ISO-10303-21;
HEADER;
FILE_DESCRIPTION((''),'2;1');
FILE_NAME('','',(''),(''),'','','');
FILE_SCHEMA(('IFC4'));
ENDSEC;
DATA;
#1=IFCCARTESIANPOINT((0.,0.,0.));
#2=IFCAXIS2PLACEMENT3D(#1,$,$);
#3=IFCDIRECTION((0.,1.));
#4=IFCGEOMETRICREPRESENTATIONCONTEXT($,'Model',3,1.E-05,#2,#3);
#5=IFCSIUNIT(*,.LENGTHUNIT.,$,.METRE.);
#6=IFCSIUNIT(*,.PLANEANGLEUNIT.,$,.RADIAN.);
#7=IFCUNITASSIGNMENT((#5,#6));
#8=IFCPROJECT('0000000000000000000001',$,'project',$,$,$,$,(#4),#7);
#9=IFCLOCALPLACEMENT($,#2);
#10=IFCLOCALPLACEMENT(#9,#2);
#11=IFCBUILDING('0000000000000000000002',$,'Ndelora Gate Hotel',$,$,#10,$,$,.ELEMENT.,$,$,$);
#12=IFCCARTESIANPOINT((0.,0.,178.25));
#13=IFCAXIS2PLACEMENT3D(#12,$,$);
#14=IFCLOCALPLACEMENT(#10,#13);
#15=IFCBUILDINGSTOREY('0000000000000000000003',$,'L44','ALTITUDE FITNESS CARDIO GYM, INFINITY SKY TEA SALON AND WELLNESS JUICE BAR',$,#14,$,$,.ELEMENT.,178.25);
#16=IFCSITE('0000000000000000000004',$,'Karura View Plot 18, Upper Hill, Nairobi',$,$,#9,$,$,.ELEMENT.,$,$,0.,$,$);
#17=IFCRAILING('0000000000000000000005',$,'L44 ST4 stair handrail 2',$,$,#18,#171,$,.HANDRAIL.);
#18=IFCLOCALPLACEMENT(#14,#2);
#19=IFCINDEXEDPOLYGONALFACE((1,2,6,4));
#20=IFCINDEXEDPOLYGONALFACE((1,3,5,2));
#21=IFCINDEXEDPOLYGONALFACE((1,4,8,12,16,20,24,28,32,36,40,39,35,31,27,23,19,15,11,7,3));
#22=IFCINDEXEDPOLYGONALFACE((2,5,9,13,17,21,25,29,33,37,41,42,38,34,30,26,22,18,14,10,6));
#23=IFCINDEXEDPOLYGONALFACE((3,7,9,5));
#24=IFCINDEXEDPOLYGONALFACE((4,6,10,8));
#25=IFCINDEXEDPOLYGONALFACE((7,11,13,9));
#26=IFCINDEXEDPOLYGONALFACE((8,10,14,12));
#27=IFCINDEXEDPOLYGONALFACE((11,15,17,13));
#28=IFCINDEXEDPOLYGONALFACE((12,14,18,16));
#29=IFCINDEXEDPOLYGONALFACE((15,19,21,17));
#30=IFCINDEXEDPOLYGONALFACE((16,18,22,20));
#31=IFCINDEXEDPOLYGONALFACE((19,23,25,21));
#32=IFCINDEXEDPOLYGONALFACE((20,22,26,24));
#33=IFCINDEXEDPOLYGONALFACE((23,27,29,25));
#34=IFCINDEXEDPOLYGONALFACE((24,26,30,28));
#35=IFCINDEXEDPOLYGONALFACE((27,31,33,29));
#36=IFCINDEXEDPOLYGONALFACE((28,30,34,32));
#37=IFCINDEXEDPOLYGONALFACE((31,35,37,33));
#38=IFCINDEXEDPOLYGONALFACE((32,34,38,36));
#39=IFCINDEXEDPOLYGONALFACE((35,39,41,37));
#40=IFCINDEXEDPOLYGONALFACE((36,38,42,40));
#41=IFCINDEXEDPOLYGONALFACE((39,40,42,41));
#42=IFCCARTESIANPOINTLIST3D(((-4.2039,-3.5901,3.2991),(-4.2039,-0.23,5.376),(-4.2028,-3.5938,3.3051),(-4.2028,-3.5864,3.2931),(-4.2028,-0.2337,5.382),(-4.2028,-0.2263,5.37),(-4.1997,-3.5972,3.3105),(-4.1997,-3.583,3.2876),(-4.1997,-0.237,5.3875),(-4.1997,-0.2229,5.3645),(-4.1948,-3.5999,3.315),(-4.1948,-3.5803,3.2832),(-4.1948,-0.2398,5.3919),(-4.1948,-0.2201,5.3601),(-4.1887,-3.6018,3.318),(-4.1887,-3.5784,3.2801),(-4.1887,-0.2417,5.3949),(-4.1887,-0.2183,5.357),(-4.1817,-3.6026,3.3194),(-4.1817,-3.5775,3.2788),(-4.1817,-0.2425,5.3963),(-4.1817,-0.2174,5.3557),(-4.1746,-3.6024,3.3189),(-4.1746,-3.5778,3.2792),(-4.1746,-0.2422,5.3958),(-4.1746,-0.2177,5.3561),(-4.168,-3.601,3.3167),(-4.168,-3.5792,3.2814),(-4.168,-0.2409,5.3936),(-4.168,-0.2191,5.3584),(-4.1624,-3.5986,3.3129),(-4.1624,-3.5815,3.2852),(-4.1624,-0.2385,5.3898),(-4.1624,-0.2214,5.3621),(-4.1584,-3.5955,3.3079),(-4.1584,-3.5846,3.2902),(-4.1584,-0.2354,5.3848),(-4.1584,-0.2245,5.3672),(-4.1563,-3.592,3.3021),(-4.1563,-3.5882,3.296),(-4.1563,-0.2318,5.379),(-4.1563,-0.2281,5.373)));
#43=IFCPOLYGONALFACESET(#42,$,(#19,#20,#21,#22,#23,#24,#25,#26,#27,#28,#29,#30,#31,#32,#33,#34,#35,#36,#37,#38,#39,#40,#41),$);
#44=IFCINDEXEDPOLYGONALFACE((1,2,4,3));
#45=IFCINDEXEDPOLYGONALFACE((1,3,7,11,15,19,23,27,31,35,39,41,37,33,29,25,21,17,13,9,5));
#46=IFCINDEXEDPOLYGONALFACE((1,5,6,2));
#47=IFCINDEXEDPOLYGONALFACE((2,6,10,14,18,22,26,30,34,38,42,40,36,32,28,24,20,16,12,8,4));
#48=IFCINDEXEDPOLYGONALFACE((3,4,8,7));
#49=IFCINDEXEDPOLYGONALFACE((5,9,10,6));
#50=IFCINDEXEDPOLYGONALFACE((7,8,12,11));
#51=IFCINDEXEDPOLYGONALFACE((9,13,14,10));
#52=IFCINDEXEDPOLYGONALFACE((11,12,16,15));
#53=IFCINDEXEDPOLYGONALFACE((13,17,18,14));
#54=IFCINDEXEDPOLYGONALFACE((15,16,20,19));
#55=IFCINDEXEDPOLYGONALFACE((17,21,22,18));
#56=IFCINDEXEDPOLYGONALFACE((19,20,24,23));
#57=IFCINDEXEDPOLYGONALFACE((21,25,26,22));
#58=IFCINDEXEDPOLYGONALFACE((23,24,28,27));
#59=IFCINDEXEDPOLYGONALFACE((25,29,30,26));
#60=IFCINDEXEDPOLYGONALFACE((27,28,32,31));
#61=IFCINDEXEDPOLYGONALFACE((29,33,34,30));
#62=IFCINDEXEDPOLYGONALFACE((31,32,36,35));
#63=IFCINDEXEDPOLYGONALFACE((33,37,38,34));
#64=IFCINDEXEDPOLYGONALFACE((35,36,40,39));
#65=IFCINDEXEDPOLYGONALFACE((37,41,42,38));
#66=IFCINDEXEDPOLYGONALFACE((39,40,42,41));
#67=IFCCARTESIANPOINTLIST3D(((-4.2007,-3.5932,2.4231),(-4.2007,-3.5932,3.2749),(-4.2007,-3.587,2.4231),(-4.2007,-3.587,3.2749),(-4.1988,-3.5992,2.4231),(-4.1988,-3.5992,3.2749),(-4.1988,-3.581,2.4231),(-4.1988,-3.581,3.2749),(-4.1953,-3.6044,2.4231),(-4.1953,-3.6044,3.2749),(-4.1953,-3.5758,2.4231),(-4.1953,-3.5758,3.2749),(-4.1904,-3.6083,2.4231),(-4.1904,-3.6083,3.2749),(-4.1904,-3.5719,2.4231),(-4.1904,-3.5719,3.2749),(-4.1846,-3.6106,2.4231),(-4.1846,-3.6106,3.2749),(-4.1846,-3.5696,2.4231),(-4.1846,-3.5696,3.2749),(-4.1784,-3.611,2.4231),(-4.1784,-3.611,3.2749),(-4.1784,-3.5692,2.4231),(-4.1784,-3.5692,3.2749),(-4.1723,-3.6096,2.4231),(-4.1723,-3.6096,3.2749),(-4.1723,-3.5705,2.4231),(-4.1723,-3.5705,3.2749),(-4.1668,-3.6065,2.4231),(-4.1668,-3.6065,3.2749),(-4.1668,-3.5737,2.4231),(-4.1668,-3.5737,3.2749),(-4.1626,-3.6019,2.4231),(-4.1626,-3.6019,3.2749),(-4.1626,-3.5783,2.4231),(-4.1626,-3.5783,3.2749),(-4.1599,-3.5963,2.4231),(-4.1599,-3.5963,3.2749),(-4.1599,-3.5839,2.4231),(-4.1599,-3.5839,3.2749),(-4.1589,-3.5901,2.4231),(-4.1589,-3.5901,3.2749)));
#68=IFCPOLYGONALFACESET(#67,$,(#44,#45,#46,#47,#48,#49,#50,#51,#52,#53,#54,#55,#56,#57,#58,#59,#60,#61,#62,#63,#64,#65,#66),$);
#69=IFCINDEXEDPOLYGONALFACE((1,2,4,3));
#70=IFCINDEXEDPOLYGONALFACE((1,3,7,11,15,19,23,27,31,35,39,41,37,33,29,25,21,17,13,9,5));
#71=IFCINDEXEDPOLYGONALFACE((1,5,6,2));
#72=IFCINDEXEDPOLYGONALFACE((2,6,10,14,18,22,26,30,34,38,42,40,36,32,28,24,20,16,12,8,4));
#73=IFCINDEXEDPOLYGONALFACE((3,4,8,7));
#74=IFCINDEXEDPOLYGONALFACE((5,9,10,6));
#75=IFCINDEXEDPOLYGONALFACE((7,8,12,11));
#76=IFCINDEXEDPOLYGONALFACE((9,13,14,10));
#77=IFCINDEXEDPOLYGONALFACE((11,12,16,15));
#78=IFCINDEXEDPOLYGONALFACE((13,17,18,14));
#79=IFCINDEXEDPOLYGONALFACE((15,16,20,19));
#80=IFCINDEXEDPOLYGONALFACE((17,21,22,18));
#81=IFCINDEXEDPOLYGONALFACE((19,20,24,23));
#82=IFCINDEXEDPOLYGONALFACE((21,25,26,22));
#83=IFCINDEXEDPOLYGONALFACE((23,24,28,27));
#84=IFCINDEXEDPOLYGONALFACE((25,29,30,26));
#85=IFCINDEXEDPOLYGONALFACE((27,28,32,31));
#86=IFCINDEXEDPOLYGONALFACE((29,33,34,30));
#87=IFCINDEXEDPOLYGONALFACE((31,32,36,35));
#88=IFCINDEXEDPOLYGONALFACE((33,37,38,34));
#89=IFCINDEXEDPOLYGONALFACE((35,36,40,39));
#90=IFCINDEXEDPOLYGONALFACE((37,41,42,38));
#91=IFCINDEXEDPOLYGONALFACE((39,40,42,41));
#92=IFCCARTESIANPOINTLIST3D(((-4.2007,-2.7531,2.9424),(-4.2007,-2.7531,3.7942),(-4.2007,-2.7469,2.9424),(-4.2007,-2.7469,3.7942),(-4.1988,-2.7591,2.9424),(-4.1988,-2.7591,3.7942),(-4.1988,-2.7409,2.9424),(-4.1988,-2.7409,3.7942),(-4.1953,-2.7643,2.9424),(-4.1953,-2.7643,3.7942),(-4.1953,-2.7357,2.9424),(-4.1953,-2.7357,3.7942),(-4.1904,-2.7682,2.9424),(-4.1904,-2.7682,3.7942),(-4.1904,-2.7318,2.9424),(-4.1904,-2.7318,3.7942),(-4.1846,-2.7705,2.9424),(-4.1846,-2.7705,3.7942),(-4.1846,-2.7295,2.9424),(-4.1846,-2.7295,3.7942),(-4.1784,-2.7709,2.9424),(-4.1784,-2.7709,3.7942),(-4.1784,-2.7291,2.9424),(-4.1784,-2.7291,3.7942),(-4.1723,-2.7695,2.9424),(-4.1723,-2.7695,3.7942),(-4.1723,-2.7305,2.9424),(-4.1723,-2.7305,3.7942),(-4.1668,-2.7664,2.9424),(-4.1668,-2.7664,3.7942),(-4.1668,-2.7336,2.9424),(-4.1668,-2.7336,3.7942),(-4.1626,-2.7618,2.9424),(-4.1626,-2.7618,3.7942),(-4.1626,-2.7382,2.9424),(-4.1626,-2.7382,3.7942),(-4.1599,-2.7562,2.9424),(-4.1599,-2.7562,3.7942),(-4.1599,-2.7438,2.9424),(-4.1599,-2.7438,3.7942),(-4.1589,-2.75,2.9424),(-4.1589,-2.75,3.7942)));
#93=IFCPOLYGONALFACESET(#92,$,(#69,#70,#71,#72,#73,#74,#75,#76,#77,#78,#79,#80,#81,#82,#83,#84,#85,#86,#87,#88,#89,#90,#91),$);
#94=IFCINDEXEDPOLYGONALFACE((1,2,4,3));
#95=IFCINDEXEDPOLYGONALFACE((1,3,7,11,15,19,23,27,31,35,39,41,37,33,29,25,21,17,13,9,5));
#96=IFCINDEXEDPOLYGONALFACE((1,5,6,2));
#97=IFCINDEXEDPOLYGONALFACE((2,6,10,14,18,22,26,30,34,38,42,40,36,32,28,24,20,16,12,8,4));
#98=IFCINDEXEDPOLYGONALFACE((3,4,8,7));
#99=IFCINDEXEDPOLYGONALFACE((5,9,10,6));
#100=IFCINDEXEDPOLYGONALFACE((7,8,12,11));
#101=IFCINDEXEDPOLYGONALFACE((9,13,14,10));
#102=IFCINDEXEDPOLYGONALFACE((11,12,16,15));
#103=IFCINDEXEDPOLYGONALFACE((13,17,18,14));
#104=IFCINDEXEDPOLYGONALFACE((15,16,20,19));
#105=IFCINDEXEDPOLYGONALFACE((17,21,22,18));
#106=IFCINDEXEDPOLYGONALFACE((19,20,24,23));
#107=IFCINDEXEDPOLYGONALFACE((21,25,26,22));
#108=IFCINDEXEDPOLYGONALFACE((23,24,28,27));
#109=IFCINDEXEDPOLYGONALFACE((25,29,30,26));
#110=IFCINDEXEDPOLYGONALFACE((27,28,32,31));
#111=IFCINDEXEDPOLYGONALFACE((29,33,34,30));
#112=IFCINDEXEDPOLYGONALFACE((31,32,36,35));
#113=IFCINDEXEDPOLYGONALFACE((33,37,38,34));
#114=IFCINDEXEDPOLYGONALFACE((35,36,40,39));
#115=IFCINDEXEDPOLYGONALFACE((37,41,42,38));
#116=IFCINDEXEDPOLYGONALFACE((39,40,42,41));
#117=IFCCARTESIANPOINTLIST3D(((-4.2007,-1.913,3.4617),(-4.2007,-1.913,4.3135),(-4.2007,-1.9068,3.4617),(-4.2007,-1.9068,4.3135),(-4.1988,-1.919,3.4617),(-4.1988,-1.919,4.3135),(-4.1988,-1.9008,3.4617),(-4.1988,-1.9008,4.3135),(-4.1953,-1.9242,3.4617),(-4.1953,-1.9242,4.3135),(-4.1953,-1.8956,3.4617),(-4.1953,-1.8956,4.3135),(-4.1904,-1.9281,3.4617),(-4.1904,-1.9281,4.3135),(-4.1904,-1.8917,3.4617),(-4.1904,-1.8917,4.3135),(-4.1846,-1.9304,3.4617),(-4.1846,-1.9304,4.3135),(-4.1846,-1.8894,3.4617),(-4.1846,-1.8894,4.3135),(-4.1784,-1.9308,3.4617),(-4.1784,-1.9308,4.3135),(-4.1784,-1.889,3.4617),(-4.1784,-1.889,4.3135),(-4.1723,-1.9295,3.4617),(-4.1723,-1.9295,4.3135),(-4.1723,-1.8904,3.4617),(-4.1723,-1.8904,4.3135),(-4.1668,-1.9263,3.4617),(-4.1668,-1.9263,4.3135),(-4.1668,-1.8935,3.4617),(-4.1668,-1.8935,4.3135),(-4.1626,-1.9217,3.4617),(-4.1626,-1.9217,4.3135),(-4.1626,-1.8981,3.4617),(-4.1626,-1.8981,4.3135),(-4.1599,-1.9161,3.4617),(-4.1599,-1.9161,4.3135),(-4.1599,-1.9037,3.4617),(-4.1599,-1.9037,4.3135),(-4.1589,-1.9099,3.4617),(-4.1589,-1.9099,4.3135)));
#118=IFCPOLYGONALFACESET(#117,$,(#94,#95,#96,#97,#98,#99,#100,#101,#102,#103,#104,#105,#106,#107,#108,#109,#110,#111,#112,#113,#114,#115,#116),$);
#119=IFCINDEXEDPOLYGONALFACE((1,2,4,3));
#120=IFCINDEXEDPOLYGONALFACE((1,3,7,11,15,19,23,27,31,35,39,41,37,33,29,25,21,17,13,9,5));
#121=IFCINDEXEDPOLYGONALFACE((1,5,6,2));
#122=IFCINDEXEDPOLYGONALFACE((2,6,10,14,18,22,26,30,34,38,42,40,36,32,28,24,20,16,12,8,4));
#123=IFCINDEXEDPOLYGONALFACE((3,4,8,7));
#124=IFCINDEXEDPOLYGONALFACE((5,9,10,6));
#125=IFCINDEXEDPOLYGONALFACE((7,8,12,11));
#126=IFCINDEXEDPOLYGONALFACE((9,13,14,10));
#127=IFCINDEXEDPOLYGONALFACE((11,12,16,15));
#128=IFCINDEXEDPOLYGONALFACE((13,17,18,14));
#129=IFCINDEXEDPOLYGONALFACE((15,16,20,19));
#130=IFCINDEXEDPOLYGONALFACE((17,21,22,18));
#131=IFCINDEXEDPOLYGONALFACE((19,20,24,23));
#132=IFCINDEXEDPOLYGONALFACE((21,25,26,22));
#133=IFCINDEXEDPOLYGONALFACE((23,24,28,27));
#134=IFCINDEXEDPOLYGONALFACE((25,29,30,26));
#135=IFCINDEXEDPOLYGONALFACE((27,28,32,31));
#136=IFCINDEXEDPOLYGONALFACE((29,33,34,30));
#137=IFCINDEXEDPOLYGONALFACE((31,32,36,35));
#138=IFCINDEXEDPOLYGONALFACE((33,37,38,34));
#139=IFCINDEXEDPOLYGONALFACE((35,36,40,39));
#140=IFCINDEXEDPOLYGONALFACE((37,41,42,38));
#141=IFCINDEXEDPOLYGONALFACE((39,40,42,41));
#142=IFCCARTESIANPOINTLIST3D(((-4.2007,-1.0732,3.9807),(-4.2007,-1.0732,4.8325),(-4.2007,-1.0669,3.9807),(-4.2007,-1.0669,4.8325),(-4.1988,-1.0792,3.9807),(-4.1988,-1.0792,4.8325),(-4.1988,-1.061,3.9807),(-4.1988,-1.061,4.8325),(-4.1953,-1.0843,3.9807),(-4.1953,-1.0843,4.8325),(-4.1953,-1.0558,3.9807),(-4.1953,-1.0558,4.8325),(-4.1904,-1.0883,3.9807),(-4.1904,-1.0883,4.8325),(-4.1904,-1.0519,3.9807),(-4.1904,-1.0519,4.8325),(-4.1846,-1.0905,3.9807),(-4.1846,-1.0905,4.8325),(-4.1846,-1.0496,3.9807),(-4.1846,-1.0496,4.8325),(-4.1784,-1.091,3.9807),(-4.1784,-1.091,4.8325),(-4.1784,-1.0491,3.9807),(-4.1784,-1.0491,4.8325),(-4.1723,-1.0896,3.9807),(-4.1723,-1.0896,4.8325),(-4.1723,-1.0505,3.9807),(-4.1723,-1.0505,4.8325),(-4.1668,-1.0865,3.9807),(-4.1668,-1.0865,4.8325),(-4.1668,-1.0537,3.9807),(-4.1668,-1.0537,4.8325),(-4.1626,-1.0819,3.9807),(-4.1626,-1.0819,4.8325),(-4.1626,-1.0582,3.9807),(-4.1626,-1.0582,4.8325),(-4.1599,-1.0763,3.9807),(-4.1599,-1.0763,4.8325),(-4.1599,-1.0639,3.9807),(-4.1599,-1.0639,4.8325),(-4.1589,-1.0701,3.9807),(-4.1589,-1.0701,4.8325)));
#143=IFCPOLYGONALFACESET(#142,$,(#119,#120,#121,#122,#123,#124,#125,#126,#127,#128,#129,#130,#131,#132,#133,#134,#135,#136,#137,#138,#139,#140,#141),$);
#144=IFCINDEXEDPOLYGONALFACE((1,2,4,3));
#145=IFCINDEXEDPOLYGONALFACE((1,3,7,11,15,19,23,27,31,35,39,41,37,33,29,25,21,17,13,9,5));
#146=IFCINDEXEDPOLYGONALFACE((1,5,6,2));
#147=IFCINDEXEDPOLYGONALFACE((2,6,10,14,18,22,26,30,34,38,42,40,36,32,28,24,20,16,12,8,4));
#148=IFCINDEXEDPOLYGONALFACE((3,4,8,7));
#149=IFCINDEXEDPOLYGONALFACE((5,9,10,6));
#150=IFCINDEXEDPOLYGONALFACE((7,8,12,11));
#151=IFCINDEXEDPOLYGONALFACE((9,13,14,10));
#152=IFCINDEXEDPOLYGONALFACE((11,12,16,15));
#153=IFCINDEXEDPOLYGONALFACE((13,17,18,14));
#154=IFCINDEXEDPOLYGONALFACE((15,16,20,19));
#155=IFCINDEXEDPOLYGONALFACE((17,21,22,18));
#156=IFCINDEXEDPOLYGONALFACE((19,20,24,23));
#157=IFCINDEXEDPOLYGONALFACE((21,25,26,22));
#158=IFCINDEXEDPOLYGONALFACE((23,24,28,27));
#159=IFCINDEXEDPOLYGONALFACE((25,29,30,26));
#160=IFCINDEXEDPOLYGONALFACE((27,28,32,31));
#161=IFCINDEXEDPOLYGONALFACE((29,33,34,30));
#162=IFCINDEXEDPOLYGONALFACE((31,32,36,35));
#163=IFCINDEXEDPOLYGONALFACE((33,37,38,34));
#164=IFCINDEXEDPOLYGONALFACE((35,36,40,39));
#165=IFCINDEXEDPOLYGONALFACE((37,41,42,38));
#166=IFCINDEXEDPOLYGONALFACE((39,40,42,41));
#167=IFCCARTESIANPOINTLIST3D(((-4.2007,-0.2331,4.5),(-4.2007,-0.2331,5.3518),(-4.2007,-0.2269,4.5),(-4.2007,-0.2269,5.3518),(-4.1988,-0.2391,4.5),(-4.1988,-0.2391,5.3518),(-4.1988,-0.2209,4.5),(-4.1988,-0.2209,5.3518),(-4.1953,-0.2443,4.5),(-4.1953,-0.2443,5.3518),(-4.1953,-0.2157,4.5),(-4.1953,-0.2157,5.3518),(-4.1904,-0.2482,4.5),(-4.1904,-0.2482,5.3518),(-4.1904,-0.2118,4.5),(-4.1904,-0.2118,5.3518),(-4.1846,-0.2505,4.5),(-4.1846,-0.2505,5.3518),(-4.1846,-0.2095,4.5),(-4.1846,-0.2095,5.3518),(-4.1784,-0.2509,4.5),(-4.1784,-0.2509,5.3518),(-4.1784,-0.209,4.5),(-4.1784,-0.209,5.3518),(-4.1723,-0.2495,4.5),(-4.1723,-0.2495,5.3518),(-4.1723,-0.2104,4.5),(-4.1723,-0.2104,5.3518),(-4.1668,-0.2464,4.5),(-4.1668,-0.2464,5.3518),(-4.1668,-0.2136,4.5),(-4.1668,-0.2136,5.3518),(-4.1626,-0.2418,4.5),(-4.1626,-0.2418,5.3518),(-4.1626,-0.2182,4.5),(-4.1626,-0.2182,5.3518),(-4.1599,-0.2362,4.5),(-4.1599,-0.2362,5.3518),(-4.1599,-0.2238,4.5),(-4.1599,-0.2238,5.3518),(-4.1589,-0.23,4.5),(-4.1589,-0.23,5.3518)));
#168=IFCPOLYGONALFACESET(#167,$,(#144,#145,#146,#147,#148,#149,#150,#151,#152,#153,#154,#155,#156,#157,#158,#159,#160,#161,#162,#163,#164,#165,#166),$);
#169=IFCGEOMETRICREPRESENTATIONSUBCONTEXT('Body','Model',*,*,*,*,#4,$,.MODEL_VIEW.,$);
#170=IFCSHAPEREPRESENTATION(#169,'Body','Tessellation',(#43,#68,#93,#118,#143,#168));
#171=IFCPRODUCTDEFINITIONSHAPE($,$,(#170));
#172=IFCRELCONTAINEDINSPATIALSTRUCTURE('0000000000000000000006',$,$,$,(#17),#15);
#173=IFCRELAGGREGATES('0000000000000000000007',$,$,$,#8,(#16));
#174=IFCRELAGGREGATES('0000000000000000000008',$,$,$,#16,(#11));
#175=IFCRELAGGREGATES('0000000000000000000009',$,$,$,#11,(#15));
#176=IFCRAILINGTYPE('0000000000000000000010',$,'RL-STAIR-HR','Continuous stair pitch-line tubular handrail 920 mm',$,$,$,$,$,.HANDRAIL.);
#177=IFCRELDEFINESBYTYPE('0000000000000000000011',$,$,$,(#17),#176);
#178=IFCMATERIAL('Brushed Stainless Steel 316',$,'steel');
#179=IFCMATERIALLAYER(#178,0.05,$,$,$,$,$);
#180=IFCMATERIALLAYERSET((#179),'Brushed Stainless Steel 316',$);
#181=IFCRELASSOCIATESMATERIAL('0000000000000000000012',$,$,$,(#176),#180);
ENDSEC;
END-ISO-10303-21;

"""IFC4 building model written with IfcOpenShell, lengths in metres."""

from ifc_helpers import new_model, si_unit, direction, frame, origin, origin_2d, place, context, subcontext, project, spatial, circle, extrude, material, layer, layer_set, type_object, element, save


model = new_model("IFC4")

# Units and contexts
model_context = context("Model", 3, precision=1e-05, world=origin(), true_north=direction((0.0, 1.0)))
body_context = subcontext(model_context, "Body", "Model", "MODEL_VIEW")
ifc_project = project(units=[si_unit("LENGTHUNIT", "METRE"), si_unit("PLANEANGLEUNIT", "RADIAN")], contexts=[model_context])

# Site, building, storey
site_placement = place(None, origin())
site = spatial("IfcSite", under=ifc_project, at=site_placement, Name="Karura View Plot 18, Upper Hill, Nairobi", CompositionType="ELEMENT", RefElevation=0.0)
building_placement = place(site_placement, origin())
building = spatial("IfcBuilding", under=site, at=building_placement, Name="Ndelora Gate Hotel", CompositionType="ELEMENT")
storey_placement = place(building_placement, frame((0.0, 0.0, 178.25)))
storey = spatial("IfcBuildingStorey", under=building, at=storey_placement, Name="L44", Description="ALTITUDE FITNESS CARDIO GYM, INFINITY SKY TEA SALON AND WELLNESS JUICE BAR", CompositionType="ELEMENT", Elevation=178.25)

# Railing
ifc_material_1 = material(Name="Brushed Stainless Steel 316", Category="steel")
ifc_layer_1 = layer(ifc_material_1, 0.05)
ifc_layer_set_1 = layer_set([ifc_layer_1], Name="Brushed Stainless Steel 316")
railing_type_1 = type_object("IfcRailingType", Name="RL-STAIR-HR", Description="Continuous stair pitch-line tubular handrail 920 mm", PredefinedType="HANDRAIL", material=ifc_layer_set_1)
railing_1_placement = place(storey_placement, frame((-4.1799, -3.5901, 2.4231)))
element("IfcRailing", 1, at=railing_1_placement, inside=storey, type_object=railing_type_1, Name="L44 ST4 stair handrail 2", PredefinedType="HANDRAIL", context=body_context, shape_type="SweptSolid", body=[
    extrude(circle(Radius=0.0239, at=origin_2d()), frame((0.0, 0.0, 0.876), z_axis=(0.0, 0.850623, 0.525776), x_axis=(-1.0, 0.0, 0.0)), (0.0, 0.0, 1.0), 3.9502),
    extrude(circle(Radius=0.021, at=origin_2d()), origin(), (0.0, 0.0, 1.0), 0.8518),
    extrude(circle(Radius=0.021, at=origin_2d()), frame((0.0, 0.8401, 0.5193)), (0.0, 0.0, 1.0), 0.8518),
    extrude(circle(Radius=0.021, at=origin_2d()), frame((0.0, 1.6802, 1.0386)), (0.0, 0.0, 1.0), 0.8518),
    extrude(circle(Radius=0.021, at=origin_2d()), frame((0.0, 2.52, 1.5576)), (0.0, 0.0, 1.0), 0.8518),
    extrude(circle(Radius=0.021, at=origin_2d()), frame((0.0, 3.3601, 2.0769)), (0.0, 0.0, 1.0), 0.8518),
])

save(model, "model.ifc")
